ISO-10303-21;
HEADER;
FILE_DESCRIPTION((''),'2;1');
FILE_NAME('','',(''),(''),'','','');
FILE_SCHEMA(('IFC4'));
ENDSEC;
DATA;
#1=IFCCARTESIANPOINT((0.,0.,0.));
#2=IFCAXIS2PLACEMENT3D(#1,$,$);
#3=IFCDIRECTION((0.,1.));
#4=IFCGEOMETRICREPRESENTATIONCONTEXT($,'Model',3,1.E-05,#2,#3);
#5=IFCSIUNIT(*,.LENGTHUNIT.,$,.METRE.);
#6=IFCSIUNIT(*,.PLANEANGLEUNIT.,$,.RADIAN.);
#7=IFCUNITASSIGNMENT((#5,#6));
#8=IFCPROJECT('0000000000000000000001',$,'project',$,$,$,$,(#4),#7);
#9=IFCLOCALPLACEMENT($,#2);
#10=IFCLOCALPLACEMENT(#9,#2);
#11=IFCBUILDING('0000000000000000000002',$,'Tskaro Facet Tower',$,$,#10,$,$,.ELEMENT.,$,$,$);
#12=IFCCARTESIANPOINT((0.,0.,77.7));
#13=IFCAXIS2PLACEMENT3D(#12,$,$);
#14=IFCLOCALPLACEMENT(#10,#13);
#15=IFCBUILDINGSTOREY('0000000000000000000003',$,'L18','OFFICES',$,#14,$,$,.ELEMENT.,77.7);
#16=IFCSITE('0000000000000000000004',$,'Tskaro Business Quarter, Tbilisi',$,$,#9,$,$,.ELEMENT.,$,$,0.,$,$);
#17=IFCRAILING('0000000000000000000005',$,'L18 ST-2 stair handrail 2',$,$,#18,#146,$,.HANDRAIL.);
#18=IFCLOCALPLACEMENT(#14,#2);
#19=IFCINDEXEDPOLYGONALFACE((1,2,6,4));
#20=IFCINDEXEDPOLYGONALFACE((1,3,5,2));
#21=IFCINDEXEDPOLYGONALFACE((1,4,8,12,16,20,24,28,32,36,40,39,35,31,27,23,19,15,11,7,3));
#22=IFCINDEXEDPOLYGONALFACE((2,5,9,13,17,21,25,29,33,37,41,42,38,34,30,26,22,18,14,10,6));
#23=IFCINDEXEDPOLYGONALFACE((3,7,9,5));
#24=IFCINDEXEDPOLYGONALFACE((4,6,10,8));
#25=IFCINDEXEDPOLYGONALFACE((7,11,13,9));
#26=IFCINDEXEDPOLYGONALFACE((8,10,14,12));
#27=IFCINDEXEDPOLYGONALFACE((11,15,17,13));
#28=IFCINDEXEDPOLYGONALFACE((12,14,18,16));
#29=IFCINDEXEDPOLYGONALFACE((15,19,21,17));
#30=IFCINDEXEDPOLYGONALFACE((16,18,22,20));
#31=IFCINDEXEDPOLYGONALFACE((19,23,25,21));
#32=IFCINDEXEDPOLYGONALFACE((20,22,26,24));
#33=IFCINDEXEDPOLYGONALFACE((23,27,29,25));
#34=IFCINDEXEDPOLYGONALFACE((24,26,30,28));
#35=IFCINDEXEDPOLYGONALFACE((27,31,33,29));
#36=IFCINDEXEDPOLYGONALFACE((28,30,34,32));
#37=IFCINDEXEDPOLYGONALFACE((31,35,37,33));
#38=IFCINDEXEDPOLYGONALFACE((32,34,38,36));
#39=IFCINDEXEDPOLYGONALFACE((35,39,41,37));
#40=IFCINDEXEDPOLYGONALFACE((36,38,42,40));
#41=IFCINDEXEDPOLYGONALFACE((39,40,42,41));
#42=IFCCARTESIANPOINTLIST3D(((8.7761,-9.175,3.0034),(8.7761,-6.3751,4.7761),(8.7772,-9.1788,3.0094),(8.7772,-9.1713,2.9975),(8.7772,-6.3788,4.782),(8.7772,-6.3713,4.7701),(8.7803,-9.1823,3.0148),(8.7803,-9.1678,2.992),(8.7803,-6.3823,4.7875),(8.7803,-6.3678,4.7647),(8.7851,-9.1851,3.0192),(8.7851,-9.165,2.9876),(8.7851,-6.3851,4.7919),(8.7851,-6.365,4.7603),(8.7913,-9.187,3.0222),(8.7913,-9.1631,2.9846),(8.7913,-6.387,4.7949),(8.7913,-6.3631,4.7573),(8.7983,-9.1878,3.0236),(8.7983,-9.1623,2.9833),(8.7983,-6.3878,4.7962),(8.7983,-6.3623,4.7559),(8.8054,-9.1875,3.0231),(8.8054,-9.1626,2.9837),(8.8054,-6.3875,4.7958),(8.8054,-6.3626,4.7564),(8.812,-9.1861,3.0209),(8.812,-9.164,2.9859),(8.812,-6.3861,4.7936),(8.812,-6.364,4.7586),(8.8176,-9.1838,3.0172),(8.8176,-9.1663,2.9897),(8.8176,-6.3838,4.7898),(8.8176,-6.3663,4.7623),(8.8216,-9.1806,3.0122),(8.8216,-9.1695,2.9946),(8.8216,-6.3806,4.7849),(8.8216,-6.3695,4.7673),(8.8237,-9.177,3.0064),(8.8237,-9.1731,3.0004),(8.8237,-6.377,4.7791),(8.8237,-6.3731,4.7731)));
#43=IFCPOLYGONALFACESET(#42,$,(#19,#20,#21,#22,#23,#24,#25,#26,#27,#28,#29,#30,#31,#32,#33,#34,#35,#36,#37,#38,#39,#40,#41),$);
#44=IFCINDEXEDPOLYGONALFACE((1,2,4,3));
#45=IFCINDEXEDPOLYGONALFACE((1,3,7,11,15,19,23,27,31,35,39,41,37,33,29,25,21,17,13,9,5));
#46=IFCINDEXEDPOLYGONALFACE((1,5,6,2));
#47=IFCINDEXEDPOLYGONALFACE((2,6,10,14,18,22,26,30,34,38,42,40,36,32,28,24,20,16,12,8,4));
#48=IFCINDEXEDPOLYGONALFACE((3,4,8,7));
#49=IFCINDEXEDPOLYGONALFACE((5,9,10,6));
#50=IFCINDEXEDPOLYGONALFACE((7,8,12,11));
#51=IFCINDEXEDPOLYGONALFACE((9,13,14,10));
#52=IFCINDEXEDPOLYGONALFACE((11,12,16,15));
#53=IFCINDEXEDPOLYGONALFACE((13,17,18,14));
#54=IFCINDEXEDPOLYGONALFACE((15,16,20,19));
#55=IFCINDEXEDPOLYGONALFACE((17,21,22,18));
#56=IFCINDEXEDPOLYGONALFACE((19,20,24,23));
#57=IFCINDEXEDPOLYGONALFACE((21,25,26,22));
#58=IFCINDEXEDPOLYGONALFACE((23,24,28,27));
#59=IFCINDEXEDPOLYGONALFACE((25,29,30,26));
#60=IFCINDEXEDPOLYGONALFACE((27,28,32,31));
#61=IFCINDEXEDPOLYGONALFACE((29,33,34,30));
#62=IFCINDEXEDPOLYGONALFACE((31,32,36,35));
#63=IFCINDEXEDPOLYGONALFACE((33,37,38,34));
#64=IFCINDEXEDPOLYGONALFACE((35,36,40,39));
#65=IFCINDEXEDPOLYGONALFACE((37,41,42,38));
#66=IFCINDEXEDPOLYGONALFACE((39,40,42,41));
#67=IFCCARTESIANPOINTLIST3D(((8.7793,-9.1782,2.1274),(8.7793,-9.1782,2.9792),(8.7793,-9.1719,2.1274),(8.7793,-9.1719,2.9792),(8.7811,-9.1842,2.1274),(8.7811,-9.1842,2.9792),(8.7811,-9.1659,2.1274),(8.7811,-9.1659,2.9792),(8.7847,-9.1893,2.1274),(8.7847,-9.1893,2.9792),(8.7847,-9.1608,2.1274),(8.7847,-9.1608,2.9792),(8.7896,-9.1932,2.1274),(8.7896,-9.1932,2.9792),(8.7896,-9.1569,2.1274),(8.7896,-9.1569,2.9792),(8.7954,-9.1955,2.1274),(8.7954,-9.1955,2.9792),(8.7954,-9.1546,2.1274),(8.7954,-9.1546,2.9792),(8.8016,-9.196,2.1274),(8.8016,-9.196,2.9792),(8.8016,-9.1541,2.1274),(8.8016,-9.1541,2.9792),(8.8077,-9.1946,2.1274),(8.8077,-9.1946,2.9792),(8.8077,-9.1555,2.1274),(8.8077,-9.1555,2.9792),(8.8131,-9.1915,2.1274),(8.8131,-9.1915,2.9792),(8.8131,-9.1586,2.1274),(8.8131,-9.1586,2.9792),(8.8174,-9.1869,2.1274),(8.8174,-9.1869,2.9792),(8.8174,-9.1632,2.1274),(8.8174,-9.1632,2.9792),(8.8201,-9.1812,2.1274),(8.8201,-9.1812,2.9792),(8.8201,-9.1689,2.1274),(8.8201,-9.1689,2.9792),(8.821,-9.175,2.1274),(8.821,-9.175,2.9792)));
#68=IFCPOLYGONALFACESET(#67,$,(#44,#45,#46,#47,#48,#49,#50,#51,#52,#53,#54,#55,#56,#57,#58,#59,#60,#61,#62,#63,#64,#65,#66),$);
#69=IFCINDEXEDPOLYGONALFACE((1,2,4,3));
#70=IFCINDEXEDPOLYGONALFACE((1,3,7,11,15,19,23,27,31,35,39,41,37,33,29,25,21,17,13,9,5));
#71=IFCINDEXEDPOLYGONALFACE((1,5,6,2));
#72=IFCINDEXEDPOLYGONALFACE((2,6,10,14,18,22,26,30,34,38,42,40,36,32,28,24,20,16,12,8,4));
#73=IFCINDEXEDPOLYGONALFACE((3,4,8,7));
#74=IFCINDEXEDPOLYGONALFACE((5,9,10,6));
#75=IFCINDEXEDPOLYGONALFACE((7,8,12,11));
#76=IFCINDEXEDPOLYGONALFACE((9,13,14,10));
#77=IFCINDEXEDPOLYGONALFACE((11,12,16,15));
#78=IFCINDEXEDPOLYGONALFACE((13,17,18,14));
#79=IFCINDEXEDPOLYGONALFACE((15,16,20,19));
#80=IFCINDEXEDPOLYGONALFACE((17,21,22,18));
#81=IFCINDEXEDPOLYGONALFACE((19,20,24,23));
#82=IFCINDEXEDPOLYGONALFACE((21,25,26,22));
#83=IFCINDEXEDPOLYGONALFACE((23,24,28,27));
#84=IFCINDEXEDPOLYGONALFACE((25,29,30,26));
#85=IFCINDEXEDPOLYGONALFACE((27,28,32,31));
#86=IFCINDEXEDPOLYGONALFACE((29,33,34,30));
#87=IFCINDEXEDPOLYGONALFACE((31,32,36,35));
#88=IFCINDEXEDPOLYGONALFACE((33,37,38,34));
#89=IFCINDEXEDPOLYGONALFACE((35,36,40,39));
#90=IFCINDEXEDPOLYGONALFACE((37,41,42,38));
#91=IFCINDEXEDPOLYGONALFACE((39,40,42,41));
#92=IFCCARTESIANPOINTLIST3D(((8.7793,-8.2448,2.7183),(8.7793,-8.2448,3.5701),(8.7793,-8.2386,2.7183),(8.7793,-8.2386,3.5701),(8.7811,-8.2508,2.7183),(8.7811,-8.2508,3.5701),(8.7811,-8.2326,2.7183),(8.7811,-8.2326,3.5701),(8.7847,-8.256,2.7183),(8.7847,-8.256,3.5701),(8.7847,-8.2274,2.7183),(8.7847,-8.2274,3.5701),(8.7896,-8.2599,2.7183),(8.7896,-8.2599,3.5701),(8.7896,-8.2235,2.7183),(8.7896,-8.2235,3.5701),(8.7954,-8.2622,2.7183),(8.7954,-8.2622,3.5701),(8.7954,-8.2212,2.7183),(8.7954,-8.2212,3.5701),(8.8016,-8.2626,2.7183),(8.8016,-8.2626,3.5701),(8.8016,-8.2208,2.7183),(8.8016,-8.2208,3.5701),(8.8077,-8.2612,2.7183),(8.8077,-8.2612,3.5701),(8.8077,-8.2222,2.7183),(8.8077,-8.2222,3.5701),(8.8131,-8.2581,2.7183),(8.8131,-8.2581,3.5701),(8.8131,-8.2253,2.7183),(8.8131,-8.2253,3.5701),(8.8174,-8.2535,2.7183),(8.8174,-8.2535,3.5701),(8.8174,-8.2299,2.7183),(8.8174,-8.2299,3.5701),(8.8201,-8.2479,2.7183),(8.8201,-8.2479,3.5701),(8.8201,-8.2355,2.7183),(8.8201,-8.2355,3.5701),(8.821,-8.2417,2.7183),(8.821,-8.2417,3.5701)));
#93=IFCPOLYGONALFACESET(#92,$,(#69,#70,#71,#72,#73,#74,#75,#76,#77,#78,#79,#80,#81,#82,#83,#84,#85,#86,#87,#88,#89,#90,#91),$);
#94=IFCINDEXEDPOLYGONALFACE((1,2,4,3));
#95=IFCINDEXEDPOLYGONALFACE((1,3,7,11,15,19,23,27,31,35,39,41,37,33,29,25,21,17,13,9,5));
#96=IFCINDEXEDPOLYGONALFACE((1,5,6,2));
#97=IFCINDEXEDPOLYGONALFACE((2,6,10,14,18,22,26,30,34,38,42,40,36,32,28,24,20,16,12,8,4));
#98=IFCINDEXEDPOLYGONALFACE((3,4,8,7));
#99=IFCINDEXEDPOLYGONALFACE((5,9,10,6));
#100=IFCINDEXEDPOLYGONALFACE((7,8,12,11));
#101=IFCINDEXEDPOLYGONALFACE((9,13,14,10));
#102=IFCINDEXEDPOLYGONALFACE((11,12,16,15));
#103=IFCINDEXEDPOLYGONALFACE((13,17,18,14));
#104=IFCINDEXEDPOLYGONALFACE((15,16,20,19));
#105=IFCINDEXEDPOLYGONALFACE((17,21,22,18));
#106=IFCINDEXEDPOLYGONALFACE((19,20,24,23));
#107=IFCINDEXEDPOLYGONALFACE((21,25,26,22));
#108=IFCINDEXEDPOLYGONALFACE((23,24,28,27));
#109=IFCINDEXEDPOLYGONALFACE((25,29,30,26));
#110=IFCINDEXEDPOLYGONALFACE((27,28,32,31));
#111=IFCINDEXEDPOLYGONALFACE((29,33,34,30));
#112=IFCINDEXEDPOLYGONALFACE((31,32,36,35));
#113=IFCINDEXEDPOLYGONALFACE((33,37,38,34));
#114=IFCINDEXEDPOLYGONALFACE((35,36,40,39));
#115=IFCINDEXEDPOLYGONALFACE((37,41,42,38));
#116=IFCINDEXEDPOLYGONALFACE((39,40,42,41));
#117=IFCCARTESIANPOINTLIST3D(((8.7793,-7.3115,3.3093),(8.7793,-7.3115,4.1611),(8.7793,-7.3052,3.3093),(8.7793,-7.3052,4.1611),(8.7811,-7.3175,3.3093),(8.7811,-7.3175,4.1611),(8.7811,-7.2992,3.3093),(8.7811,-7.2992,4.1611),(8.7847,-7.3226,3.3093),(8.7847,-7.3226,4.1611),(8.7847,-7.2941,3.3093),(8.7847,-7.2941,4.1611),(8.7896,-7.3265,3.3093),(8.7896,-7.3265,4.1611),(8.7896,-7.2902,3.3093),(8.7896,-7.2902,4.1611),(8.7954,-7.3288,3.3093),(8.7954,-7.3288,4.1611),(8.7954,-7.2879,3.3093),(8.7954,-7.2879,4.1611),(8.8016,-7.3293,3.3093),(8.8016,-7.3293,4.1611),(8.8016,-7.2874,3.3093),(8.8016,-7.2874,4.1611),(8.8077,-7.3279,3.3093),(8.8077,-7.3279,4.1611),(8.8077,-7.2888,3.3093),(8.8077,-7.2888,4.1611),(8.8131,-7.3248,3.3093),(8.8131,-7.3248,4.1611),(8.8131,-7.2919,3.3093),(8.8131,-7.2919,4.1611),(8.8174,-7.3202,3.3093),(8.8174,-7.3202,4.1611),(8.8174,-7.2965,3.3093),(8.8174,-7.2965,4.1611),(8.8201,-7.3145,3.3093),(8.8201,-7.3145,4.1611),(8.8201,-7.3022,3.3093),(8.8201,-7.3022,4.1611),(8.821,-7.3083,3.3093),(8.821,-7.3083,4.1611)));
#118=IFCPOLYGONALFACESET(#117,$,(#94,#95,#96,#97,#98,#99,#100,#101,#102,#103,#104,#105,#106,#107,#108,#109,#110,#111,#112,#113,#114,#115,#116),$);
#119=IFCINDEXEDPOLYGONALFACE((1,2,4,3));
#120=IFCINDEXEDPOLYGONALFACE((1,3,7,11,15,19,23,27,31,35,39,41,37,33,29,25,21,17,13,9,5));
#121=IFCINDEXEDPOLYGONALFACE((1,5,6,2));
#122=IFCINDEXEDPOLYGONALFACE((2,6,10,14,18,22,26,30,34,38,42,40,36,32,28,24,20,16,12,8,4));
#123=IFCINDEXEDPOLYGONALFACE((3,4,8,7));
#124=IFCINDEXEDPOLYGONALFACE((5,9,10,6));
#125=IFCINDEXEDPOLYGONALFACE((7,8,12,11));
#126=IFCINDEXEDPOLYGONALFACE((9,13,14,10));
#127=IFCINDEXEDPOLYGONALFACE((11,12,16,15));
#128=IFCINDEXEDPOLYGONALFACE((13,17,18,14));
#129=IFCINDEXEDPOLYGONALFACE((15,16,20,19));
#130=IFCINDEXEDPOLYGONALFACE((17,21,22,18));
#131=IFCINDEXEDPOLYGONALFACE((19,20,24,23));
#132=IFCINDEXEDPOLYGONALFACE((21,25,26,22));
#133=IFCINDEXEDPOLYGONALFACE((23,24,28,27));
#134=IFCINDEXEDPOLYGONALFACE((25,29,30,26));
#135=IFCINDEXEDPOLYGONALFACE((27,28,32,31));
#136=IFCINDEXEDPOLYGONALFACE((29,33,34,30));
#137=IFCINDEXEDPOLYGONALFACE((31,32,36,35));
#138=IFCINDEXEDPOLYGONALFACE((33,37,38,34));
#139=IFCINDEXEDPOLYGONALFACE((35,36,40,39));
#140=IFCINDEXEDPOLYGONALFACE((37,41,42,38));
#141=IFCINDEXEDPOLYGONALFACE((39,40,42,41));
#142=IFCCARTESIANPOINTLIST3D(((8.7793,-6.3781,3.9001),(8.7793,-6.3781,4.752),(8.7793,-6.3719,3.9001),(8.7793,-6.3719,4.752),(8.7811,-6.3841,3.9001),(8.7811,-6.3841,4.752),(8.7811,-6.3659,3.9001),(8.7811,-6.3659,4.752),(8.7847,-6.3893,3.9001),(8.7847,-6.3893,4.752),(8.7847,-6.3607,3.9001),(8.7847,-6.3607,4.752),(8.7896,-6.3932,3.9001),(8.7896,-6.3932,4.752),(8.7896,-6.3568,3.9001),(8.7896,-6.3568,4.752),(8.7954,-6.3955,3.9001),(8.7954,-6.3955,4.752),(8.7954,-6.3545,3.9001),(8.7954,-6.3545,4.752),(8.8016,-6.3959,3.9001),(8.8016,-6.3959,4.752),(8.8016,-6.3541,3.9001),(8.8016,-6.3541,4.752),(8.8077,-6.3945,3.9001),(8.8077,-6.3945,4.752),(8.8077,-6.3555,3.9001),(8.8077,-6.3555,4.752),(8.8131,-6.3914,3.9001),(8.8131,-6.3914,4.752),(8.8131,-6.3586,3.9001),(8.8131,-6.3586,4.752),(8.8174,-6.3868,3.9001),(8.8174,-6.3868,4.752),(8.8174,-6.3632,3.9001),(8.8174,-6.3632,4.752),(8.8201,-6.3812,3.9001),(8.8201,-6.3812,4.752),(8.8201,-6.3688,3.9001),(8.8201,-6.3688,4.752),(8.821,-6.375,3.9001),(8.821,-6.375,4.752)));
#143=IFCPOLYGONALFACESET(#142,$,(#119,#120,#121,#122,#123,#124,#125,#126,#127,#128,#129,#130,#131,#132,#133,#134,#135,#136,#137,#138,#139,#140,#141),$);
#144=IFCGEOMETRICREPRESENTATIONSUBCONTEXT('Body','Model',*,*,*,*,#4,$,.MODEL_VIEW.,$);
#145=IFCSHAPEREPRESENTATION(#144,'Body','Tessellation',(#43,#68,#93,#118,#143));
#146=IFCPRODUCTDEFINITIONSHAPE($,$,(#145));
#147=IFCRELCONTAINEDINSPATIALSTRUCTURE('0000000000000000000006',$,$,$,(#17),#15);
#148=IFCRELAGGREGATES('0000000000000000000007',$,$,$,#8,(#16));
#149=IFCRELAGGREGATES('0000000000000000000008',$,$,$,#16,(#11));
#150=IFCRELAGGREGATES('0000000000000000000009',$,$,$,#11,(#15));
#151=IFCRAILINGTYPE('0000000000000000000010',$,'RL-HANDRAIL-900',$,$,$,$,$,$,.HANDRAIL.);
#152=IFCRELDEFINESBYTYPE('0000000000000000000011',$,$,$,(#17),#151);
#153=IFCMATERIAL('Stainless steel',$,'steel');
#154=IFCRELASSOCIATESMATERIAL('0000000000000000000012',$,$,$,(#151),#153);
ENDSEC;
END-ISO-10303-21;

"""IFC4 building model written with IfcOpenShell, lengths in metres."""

from ifc_helpers import new_model, si_unit, direction, frame, origin, origin_2d, place, context, subcontext, project, spatial, circle, extrude, material, type_object, element, save


model = new_model("IFC4")

# Units and contexts
model_context = context("Model", 3, precision=1e-05, world=origin(), true_north=direction((0.0, 1.0)))
body_context = subcontext(model_context, "Body", "Model", "MODEL_VIEW")
ifc_project = project(units=[si_unit("LENGTHUNIT", "METRE"), si_unit("PLANEANGLEUNIT", "RADIAN")], contexts=[model_context])

# Site, building, storey
site_placement = place(None, origin())
site = spatial("IfcSite", under=ifc_project, at=site_placement, Name="Tskaro Business Quarter, Tbilisi", CompositionType="ELEMENT", RefElevation=0.0)
building_placement = place(site_placement, origin())
building = spatial("IfcBuilding", under=site, at=building_placement, Name="Tskaro Facet Tower", CompositionType="ELEMENT")
storey_placement = place(building_placement, frame((0.0, 0.0, 77.7)))
storey = spatial("IfcBuildingStorey", under=building, at=storey_placement, Name="L18", Description="OFFICES", CompositionType="ELEMENT", Elevation=77.7)

# Railing
ifc_material_1 = material(Name="Stainless steel", Category="steel")
railing_type_1 = type_object("IfcRailingType", Name="RL-HANDRAIL-900", PredefinedType="HANDRAIL", material=ifc_material_1)
railing_1_placement = place(storey_placement, frame((8.8, -9.175, 2.1274)))
element("IfcRailing", 1, at=railing_1_placement, inside=storey, type_object=railing_type_1, Name="L18 ST-2 stair handrail 2", PredefinedType="HANDRAIL", context=body_context, shape_type="SweptSolid", body=[
    extrude(circle(Radius=0.0239, at=origin_2d()), frame((0.0, 0.0, 0.876), z_axis=(0.0, 0.844909, 0.53491), x_axis=(-1.0, 0.0, 0.0)), (0.0, 0.0, 1.0), 3.314),
    extrude(circle(Radius=0.021, at=origin_2d()), origin(), (0.0, 0.0, 1.0), 0.8518),
    extrude(circle(Radius=0.021, at=origin_2d()), frame((0.0, 0.9333, 0.5908)), (0.0, 0.0, 1.0), 0.8518),
    extrude(circle(Radius=0.021, at=origin_2d()), frame((0.0, 1.8667, 1.1819)), (0.0, 0.0, 1.0), 0.8518),
    extrude(circle(Radius=0.021, at=origin_2d()), frame((0.0, 2.8, 1.7727)), (0.0, 0.0, 1.0), 0.8518),
])

save(model, "model.ifc")
